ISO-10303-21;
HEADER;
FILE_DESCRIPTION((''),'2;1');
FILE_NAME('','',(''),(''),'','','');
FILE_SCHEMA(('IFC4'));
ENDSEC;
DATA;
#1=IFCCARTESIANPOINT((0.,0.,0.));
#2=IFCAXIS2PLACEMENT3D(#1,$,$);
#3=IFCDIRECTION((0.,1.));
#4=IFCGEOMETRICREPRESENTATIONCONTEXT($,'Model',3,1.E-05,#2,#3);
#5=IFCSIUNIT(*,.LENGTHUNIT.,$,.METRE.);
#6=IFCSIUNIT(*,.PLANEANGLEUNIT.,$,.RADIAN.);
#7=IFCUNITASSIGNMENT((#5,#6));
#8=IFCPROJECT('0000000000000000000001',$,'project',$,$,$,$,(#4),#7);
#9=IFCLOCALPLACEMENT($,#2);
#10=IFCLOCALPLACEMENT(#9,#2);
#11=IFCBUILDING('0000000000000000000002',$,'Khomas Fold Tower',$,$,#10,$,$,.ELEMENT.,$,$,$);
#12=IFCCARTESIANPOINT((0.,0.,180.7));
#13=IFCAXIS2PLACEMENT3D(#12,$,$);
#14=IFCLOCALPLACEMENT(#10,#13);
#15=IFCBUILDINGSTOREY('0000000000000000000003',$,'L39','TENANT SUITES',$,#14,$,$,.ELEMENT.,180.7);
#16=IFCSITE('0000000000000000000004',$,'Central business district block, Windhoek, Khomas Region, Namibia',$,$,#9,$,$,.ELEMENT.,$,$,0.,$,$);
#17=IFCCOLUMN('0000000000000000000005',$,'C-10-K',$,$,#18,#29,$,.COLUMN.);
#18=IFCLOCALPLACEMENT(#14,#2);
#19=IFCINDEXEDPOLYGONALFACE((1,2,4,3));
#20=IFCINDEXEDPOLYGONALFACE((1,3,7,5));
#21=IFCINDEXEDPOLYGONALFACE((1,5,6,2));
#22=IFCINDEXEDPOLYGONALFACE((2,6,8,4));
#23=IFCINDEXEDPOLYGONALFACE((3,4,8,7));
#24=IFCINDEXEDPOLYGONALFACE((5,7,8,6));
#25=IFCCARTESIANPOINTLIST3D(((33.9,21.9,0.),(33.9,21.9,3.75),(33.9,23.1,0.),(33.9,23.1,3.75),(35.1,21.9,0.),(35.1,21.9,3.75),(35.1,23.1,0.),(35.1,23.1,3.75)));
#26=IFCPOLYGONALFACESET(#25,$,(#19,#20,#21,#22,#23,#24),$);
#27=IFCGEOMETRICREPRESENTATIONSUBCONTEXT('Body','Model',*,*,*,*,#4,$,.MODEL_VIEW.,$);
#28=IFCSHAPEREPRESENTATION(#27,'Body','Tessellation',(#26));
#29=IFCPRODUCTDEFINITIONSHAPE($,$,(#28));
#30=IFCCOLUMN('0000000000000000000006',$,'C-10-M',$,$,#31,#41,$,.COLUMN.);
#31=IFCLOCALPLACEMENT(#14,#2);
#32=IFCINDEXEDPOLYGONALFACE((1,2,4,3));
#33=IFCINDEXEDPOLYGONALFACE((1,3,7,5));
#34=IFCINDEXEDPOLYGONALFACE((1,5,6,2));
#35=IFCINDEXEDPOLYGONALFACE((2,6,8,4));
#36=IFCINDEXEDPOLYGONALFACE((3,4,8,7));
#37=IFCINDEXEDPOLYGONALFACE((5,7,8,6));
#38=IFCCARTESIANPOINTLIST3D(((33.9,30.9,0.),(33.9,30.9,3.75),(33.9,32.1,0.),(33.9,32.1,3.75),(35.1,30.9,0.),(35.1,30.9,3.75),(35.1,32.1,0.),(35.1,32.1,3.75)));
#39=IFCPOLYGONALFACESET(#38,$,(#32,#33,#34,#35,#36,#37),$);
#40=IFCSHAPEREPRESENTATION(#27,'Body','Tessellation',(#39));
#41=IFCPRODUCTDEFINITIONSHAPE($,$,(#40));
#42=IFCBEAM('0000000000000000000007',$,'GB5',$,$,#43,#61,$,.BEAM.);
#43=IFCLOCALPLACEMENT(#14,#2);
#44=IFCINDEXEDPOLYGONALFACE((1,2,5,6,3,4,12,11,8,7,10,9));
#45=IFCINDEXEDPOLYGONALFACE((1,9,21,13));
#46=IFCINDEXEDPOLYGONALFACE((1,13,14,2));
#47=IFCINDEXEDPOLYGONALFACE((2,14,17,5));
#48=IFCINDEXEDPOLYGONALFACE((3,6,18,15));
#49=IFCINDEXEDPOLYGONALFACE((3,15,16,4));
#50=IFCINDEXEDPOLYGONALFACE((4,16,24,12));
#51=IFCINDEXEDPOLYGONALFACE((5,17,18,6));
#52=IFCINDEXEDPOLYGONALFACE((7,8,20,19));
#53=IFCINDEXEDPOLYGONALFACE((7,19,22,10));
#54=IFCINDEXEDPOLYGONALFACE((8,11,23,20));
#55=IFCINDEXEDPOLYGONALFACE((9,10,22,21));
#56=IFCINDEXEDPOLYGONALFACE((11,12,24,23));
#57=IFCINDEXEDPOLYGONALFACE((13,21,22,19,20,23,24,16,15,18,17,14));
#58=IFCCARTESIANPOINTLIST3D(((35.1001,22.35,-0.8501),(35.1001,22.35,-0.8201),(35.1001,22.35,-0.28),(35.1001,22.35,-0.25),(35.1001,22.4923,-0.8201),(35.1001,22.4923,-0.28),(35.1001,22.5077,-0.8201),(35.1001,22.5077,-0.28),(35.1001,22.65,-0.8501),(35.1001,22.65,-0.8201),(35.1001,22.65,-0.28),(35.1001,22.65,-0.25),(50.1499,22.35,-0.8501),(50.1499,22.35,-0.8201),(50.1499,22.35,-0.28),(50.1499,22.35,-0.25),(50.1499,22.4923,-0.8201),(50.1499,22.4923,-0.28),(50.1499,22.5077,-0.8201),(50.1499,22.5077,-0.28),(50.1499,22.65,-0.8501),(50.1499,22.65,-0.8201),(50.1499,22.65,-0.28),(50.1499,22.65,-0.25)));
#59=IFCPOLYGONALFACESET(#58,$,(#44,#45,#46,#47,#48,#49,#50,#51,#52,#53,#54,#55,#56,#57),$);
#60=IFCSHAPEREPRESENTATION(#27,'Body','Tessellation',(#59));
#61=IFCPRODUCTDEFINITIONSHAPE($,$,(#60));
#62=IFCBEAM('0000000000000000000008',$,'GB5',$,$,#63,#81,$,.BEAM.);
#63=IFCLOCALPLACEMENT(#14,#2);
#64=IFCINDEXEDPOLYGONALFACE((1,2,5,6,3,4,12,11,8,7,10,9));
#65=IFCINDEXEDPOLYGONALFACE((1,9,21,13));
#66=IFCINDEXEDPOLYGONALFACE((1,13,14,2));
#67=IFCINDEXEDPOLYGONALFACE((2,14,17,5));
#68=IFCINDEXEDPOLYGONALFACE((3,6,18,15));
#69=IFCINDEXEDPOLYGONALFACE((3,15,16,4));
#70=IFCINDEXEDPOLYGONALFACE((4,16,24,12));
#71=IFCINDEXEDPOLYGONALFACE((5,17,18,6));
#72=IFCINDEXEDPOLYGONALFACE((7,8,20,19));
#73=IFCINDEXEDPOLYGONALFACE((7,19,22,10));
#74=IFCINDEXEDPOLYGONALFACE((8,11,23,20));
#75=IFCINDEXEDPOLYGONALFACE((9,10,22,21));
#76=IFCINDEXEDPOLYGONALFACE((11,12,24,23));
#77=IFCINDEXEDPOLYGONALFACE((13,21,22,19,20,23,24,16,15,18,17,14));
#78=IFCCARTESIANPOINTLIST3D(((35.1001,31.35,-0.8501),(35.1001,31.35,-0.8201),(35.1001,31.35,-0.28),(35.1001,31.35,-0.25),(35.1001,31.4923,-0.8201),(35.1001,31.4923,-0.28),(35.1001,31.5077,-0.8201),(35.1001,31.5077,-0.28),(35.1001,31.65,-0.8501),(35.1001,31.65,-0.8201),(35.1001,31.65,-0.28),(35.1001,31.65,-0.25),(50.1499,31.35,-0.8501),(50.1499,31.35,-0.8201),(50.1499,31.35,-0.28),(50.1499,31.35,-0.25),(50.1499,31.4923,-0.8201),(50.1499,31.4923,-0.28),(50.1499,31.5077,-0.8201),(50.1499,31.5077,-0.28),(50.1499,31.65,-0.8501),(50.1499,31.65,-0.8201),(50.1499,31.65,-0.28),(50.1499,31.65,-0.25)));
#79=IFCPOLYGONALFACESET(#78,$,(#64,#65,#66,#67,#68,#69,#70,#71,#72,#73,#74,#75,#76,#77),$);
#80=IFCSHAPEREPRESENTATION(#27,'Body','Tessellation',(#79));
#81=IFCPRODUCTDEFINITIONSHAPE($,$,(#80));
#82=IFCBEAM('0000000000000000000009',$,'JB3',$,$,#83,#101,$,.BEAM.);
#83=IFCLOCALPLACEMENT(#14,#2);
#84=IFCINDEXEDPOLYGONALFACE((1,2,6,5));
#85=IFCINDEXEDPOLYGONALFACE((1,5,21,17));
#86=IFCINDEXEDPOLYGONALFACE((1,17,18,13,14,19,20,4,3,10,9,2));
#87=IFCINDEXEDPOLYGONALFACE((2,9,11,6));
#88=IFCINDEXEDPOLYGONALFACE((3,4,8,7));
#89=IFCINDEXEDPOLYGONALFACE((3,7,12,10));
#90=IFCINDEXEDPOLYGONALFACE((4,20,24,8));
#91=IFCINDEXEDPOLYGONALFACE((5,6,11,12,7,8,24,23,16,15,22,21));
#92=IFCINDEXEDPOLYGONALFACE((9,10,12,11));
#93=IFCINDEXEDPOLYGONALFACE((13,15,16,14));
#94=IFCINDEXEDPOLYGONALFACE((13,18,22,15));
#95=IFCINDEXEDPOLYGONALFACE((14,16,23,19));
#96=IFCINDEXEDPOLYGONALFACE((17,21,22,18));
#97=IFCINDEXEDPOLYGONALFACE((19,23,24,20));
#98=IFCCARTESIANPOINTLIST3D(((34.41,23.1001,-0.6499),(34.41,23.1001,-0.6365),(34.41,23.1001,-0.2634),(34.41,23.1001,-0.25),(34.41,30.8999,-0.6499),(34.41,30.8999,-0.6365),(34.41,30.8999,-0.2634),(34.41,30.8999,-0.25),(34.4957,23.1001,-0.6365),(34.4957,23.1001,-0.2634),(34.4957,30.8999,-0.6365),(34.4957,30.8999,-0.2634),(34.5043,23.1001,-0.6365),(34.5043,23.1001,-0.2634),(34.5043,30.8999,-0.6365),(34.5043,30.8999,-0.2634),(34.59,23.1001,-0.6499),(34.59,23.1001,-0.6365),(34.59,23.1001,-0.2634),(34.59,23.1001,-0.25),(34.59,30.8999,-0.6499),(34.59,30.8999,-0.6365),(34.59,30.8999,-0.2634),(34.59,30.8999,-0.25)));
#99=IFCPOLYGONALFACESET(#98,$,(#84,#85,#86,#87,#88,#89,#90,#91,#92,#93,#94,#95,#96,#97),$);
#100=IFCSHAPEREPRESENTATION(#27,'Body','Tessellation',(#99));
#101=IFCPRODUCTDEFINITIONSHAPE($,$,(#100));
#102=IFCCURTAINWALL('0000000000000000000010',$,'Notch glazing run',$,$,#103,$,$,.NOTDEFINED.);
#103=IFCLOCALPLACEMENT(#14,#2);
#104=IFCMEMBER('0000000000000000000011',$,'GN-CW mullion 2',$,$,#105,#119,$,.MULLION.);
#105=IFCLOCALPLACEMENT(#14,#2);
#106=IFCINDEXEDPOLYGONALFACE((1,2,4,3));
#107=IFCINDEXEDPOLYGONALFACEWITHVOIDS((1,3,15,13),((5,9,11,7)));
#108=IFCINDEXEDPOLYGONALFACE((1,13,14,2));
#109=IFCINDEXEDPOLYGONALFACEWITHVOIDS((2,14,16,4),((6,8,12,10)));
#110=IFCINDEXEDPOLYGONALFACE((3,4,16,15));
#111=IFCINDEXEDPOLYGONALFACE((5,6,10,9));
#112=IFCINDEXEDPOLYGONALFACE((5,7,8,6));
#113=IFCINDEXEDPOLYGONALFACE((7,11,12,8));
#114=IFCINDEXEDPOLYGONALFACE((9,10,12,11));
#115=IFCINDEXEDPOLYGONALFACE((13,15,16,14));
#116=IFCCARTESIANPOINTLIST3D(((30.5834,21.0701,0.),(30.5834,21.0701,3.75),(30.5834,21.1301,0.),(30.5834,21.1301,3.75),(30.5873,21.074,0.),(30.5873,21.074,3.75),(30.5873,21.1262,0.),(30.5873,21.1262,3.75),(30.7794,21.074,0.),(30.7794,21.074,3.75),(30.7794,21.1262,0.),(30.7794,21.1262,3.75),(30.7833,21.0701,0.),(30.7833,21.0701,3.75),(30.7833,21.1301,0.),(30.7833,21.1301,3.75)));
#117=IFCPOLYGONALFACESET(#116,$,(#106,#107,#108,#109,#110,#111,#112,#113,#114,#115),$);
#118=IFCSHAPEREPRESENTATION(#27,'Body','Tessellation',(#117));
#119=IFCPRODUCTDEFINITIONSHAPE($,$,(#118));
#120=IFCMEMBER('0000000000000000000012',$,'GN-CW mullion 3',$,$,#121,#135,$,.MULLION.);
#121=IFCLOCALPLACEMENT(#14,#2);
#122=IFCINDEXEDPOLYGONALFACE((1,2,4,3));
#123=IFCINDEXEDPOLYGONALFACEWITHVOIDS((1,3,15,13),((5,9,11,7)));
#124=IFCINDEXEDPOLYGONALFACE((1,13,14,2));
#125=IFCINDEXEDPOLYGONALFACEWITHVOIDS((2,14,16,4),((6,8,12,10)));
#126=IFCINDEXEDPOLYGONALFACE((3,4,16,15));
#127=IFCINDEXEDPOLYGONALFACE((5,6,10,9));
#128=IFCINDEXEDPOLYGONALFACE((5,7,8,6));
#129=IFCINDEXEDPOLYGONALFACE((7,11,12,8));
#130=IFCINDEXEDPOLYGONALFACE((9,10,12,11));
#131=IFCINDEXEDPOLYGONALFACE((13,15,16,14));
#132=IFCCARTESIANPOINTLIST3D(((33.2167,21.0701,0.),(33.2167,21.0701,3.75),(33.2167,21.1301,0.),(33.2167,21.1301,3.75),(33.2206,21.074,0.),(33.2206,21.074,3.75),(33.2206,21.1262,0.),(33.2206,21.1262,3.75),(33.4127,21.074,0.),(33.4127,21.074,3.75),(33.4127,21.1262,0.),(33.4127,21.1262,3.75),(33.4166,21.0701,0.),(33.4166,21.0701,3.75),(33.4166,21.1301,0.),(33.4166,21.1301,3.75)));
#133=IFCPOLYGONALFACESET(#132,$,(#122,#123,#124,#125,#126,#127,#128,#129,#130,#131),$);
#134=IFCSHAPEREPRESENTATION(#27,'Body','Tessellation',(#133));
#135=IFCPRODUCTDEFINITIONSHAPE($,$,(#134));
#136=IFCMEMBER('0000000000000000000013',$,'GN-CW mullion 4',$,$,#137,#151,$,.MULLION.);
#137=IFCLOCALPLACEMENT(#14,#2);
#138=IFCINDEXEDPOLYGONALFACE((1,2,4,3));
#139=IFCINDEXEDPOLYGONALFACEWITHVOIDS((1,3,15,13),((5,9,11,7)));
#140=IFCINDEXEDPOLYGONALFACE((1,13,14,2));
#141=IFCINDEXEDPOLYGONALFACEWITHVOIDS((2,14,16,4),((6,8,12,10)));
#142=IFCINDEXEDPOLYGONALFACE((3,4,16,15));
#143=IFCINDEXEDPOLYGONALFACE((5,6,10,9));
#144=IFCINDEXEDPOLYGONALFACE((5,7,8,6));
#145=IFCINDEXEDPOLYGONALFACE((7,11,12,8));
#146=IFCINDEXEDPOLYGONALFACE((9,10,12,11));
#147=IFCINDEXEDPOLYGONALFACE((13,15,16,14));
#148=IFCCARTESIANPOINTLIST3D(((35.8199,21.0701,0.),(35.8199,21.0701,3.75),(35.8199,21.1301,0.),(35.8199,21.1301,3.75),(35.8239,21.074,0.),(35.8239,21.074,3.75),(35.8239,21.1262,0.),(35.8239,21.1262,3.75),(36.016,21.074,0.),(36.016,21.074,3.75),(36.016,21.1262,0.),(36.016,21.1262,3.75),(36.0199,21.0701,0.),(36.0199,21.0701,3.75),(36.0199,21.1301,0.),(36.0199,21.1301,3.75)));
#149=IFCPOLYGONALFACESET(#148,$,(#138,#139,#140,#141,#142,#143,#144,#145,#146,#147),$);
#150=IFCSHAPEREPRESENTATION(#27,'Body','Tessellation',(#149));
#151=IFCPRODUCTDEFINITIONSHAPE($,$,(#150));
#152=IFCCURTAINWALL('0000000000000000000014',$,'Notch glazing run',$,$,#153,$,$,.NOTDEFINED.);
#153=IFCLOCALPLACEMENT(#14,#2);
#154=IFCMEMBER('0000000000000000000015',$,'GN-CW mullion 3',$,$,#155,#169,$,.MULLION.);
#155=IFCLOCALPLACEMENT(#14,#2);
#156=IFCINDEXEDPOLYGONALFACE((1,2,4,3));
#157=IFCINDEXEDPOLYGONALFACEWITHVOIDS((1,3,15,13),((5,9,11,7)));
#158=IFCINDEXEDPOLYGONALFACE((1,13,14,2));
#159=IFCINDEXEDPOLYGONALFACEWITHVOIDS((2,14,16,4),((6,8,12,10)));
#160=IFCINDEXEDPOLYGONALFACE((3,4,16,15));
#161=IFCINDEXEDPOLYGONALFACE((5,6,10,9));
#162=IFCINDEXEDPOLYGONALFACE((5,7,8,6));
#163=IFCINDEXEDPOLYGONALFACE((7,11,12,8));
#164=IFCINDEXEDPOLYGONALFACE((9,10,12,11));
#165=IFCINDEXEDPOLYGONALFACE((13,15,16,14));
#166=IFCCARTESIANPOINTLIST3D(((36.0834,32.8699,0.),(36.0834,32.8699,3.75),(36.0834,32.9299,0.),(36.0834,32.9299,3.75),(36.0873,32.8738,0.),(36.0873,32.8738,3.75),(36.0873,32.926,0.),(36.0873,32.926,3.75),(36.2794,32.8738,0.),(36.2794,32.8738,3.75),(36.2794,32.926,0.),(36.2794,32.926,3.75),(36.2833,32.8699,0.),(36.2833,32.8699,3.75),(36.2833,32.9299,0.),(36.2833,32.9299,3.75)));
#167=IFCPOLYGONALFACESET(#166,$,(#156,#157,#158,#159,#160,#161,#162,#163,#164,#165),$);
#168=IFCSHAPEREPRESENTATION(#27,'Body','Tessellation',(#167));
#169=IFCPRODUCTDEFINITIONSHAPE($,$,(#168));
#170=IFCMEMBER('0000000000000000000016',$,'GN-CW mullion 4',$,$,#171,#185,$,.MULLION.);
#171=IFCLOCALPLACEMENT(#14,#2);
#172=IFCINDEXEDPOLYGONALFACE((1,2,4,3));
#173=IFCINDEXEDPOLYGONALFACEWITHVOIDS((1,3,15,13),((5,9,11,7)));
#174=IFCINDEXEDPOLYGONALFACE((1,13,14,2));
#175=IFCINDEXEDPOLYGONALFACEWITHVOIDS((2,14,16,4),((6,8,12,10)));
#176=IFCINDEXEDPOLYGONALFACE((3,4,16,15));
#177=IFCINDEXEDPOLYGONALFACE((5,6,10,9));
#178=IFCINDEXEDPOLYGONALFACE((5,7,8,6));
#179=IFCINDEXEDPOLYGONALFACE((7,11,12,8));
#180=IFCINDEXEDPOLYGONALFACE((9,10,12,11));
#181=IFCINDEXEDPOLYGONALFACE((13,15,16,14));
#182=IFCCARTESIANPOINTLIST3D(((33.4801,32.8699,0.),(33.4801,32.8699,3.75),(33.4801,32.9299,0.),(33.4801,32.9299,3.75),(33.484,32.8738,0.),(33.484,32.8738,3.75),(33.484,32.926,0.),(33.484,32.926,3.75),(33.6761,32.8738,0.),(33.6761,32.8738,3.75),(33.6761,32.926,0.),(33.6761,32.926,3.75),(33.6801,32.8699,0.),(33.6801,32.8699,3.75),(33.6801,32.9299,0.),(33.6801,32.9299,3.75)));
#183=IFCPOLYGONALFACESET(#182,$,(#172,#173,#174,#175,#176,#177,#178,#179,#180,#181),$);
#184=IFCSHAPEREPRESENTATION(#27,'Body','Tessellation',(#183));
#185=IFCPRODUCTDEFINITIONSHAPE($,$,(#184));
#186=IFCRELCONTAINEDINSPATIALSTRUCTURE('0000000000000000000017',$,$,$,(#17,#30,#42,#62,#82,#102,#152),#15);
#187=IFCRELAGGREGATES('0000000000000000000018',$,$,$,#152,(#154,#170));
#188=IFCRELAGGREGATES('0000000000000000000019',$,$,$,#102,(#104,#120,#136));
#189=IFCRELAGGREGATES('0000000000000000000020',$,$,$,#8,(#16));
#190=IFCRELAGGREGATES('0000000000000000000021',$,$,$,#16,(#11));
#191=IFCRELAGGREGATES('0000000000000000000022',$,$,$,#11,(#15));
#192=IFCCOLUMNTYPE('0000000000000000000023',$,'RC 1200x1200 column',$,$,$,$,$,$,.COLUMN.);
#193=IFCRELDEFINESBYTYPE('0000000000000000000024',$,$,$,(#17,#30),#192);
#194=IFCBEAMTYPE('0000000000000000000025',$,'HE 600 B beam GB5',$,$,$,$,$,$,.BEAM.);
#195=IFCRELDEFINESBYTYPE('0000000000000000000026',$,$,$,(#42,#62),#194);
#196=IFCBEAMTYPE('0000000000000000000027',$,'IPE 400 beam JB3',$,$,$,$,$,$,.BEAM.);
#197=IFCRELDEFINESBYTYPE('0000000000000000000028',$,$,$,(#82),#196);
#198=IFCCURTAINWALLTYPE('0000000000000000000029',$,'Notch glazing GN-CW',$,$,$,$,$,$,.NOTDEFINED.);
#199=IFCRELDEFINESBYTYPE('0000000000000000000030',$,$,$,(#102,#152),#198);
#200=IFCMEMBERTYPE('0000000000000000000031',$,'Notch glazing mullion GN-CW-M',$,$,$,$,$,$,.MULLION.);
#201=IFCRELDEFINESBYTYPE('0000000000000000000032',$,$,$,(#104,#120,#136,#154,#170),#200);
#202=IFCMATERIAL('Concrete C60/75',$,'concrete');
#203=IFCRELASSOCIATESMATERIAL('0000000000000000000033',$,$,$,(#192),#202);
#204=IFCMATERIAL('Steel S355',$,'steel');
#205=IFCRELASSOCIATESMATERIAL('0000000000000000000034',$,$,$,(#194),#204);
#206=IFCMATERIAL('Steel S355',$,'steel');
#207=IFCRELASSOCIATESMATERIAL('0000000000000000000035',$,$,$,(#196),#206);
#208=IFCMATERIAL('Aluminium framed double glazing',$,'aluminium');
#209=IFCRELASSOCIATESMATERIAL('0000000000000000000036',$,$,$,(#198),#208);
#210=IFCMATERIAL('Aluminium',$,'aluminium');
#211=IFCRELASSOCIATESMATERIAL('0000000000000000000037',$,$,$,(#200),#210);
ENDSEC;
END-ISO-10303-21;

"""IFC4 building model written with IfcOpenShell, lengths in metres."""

from ifc_helpers import new_model, si_unit, direction, frame, origin, origin_2d, place, context, subcontext, project, spatial, rectangle, hollow_rectangle, i_section, extrude, source, transform, mapped, material, material_profile, profile_set, type_object, element, aggregate, save


model = new_model("IFC4")

# Units and contexts
model_context = context("Model", 3, precision=1e-05, world=origin(), true_north=direction((0.0, 1.0)))
body_context = subcontext(model_context, "Body", "Model", "MODEL_VIEW")
ifc_project = project(units=[si_unit("LENGTHUNIT", "METRE"), si_unit("PLANEANGLEUNIT", "RADIAN")], contexts=[model_context])

# Site, building, storey
site_placement = place(None, origin())
site = spatial("IfcSite", under=ifc_project, at=site_placement, Name="Central business district block, Windhoek, Khomas Region, Namibia", CompositionType="ELEMENT", RefElevation=0.0)
building_placement = place(site_placement, origin())
building = spatial("IfcBuilding", under=site, at=building_placement, Name="Khomas Fold Tower", CompositionType="ELEMENT")
storey_placement = place(building_placement, frame((0.0, 0.0, 180.7)))
storey = spatial("IfcBuildingStorey", under=building, at=storey_placement, Name="L39", Description="TENANT SUITES", CompositionType="ELEMENT", Elevation=180.7)

# Columns
ifc_material_1 = material(Name="Concrete C60/75", Category="concrete")
ifc_material_profile_1 = material_profile(ifc_material_1, rectangle(XDim=1.2, YDim=1.2, at=origin_2d()), Name="RC 1200x1200")
ifc_profile_set_1 = profile_set([ifc_material_profile_1], Name="Concrete C60/75")
column_type = type_object("IfcColumnType", Name="RC 1200x1200 column", PredefinedType="COLUMN", material=ifc_profile_set_1)
shared_shape_1 = source(origin(), body_context, "Body", "SweptSolid", [
    extrude(rectangle(XDim=1.2, YDim=1.2, at=origin_2d()), origin(), (0.0, 0.0, 1.0), 3.75),
])
for number, where, z_axis, x_axis, name in (
    (1, (34.5, 22.5, 0.0), (0.0, 0.0, 1.0), (1.0, 0.0, 0.0), "C-10-K"),
    (2, (34.5, 31.5, 0.0), (0.0, 0.0, 1.0), (1.0, 0.0, 0.0), "C-10-M"),
):
    element("IfcColumn", number, at=place(storey_placement, frame(where, z_axis=z_axis, x_axis=x_axis)), inside=storey, type_object=column_type, Name=name, PredefinedType="COLUMN", context=body_context, shape_type="MappedRepresentation", body=[
        mapped(shared_shape_1, transform((0.0, 0.0, 0.0))),
    ])

# Beams
ifc_material_2 = material(Name="Steel S355", Category="steel")
ifc_material_profile_2 = material_profile(ifc_material_2, i_section(OverallWidth=0.3, OverallDepth=0.6001, WebThickness=0.0154, FlangeThickness=0.03, at=origin_2d()), Name="HE 600 B")
ifc_profile_set_2 = profile_set([ifc_material_profile_2], Name="Steel S355")
beam_type_1 = type_object("IfcBeamType", Name="HE 600 B beam GB5", PredefinedType="BEAM", material=ifc_profile_set_2)
shared_shape_2 = source(origin(), body_context, "Body", "SweptSolid", [
    extrude(i_section(OverallWidth=0.3, OverallDepth=0.6001, WebThickness=0.0154, FlangeThickness=0.03, at=origin_2d()), origin(), (0.0, 0.0, 1.0), 15.0498),
])
for number, where, z_axis, x_axis, name in (
    (3, (35.1001, 22.5, -0.55), (1.0, 0.0, 0.0), (0.0, 1.0, 0.0), "GB5"),
    (4, (35.1001, 31.5, -0.55), (1.0, 0.0, 0.0), (0.0, 1.0, 0.0), "GB5"),
):
    element("IfcBeam", number, at=place(storey_placement, frame(where, z_axis=z_axis, x_axis=x_axis)), inside=storey, type_object=beam_type_1, Name=name, PredefinedType="BEAM", context=body_context, shape_type="MappedRepresentation", body=[
        mapped(shared_shape_2, transform((0.0, 0.0, 0.0))),
    ])
ifc_material_3 = material(Name="Steel S355", Category="steel")
ifc_material_profile_3 = material_profile(ifc_material_3, i_section(OverallWidth=0.1799, OverallDepth=0.3999, WebThickness=0.0085, FlangeThickness=0.0134, at=origin_2d()), Name="IPE 400")
ifc_profile_set_3 = profile_set([ifc_material_profile_3], Name="Steel S355")
beam_type_2 = type_object("IfcBeamType", Name="IPE 400 beam JB3", PredefinedType="BEAM", material=ifc_profile_set_3)
shared_shape_3 = source(origin(), body_context, "Body", "SweptSolid", [
    extrude(i_section(OverallWidth=0.1799, OverallDepth=0.3999, WebThickness=0.0085, FlangeThickness=0.0134, at=origin_2d()), origin(), (0.0, 0.0, 1.0), 7.7998),
])
beam_placement = place(storey_placement, frame((34.5, 23.1001, -0.45), z_axis=(0.0, 1.0, 0.0), x_axis=(-1.0, 0.0, 0.0)))
element("IfcBeam", 5, at=beam_placement, inside=storey, type_object=beam_type_2, Name="JB3", PredefinedType="BEAM", context=body_context, shape_type="MappedRepresentation", body=[
    mapped(shared_shape_3, transform((0.0, 0.0, 0.0))),
])

# Curtain walls, members
ifc_material_4 = material(Name="Aluminium framed double glazing", Category="aluminium")
curtain_wall_type = type_object("IfcCurtainWallType", Name="Notch glazing GN-CW", PredefinedType="NOTDEFINED", material=ifc_material_4)
curtain_wall_1_placement = place(storey_placement, origin())
curtain_wall_1 = element("IfcCurtainWall", 6, at=curtain_wall_1_placement, inside=storey, type_object=curtain_wall_type, Name="Notch glazing run", PredefinedType="NOTDEFINED")
ifc_material_5 = material(Name="Aluminium", Category="aluminium")
ifc_material_profile_4 = material_profile(ifc_material_5, hollow_rectangle(XDim=0.0601, YDim=0.2, WallThickness=0.0039, at=origin_2d()), Name="Notch glazing mullion GN-CW-M")
ifc_profile_set_4 = profile_set([ifc_material_profile_4], Name="Aluminium")
member_type_1 = type_object("IfcMemberType", Name="Notch glazing mullion GN-CW-M", PredefinedType="MULLION", material=ifc_profile_set_4)
shared_shape_4 = source(origin(), body_context, "Body", "SweptSolid", [
    extrude(hollow_rectangle(XDim=0.0601, YDim=0.2, WallThickness=0.0039, at=origin_2d()), origin(), (0.0, 0.0, 1.0), 3.75),
])
member_1_placement = place(storey_placement, frame((30.6833, 21.1001, 0.0), z_axis=(0.0, 0.0, 1.0), x_axis=(0.0, 1.0, 0.0)))
member_1 = element("IfcMember", 7, at=member_1_placement, type_object=member_type_1, Name="GN-CW mullion 2", PredefinedType="MULLION", context=body_context, shape_type="MappedRepresentation", body=[
    mapped(shared_shape_4, transform((0.0, 0.0, 0.0))),
])
member_2_placement = place(storey_placement, frame((33.3167, 21.1001, 0.0), z_axis=(0.0, 0.0, 1.0), x_axis=(0.0, 1.0, 0.0)))
member_2 = element("IfcMember", 8, at=member_2_placement, type_object=member_type_1, Name="GN-CW mullion 3", PredefinedType="MULLION", context=body_context, shape_type="MappedRepresentation", body=[
    mapped(shared_shape_4, transform((0.0, 0.0, 0.0))),
])
member_3_placement = place(storey_placement, frame((35.9199, 21.1001, 0.0), z_axis=(0.0, 0.0, 1.0), x_axis=(0.0, 1.0, 0.0)))
member_3 = element("IfcMember", 9, at=member_3_placement, type_object=member_type_1, Name="GN-CW mullion 4", PredefinedType="MULLION", context=body_context, shape_type="MappedRepresentation", body=[
    mapped(shared_shape_4, transform((0.0, 0.0, 0.0))),
])
curtain_wall_2_placement = place(storey_placement, origin())
curtain_wall_2 = element("IfcCurtainWall", 10, at=curtain_wall_2_placement, inside=storey, type_object=curtain_wall_type, Name="Notch glazing run", PredefinedType="NOTDEFINED")
member_4_placement = place(storey_placement, frame((36.1833, 32.8999, 0.0), z_axis=(0.0, 0.0, 1.0), x_axis=(0.0, -1.0, 0.0)))
member_4 = element("IfcMember", 11, at=member_4_placement, type_object=member_type_1, Name="GN-CW mullion 3", PredefinedType="MULLION", context=body_context, shape_type="MappedRepresentation", body=[
    mapped(shared_shape_4, transform((0.0, 0.0, 0.0))),
])
member_5_placement = place(storey_placement, frame((33.5801, 32.8999, 0.0), z_axis=(0.0, 0.0, 1.0), x_axis=(0.0, -1.0, 0.0)))
member_5 = element("IfcMember", 12, at=member_5_placement, type_object=member_type_1, Name="GN-CW mullion 4", PredefinedType="MULLION", context=body_context, shape_type="MappedRepresentation", body=[
    mapped(shared_shape_4, transform((0.0, 0.0, 0.0))),
])

aggregate(curtain_wall_2, [member_4, member_5])
aggregate(curtain_wall_1, [member_1, member_2, member_3])

save(model, "model.ifc")
